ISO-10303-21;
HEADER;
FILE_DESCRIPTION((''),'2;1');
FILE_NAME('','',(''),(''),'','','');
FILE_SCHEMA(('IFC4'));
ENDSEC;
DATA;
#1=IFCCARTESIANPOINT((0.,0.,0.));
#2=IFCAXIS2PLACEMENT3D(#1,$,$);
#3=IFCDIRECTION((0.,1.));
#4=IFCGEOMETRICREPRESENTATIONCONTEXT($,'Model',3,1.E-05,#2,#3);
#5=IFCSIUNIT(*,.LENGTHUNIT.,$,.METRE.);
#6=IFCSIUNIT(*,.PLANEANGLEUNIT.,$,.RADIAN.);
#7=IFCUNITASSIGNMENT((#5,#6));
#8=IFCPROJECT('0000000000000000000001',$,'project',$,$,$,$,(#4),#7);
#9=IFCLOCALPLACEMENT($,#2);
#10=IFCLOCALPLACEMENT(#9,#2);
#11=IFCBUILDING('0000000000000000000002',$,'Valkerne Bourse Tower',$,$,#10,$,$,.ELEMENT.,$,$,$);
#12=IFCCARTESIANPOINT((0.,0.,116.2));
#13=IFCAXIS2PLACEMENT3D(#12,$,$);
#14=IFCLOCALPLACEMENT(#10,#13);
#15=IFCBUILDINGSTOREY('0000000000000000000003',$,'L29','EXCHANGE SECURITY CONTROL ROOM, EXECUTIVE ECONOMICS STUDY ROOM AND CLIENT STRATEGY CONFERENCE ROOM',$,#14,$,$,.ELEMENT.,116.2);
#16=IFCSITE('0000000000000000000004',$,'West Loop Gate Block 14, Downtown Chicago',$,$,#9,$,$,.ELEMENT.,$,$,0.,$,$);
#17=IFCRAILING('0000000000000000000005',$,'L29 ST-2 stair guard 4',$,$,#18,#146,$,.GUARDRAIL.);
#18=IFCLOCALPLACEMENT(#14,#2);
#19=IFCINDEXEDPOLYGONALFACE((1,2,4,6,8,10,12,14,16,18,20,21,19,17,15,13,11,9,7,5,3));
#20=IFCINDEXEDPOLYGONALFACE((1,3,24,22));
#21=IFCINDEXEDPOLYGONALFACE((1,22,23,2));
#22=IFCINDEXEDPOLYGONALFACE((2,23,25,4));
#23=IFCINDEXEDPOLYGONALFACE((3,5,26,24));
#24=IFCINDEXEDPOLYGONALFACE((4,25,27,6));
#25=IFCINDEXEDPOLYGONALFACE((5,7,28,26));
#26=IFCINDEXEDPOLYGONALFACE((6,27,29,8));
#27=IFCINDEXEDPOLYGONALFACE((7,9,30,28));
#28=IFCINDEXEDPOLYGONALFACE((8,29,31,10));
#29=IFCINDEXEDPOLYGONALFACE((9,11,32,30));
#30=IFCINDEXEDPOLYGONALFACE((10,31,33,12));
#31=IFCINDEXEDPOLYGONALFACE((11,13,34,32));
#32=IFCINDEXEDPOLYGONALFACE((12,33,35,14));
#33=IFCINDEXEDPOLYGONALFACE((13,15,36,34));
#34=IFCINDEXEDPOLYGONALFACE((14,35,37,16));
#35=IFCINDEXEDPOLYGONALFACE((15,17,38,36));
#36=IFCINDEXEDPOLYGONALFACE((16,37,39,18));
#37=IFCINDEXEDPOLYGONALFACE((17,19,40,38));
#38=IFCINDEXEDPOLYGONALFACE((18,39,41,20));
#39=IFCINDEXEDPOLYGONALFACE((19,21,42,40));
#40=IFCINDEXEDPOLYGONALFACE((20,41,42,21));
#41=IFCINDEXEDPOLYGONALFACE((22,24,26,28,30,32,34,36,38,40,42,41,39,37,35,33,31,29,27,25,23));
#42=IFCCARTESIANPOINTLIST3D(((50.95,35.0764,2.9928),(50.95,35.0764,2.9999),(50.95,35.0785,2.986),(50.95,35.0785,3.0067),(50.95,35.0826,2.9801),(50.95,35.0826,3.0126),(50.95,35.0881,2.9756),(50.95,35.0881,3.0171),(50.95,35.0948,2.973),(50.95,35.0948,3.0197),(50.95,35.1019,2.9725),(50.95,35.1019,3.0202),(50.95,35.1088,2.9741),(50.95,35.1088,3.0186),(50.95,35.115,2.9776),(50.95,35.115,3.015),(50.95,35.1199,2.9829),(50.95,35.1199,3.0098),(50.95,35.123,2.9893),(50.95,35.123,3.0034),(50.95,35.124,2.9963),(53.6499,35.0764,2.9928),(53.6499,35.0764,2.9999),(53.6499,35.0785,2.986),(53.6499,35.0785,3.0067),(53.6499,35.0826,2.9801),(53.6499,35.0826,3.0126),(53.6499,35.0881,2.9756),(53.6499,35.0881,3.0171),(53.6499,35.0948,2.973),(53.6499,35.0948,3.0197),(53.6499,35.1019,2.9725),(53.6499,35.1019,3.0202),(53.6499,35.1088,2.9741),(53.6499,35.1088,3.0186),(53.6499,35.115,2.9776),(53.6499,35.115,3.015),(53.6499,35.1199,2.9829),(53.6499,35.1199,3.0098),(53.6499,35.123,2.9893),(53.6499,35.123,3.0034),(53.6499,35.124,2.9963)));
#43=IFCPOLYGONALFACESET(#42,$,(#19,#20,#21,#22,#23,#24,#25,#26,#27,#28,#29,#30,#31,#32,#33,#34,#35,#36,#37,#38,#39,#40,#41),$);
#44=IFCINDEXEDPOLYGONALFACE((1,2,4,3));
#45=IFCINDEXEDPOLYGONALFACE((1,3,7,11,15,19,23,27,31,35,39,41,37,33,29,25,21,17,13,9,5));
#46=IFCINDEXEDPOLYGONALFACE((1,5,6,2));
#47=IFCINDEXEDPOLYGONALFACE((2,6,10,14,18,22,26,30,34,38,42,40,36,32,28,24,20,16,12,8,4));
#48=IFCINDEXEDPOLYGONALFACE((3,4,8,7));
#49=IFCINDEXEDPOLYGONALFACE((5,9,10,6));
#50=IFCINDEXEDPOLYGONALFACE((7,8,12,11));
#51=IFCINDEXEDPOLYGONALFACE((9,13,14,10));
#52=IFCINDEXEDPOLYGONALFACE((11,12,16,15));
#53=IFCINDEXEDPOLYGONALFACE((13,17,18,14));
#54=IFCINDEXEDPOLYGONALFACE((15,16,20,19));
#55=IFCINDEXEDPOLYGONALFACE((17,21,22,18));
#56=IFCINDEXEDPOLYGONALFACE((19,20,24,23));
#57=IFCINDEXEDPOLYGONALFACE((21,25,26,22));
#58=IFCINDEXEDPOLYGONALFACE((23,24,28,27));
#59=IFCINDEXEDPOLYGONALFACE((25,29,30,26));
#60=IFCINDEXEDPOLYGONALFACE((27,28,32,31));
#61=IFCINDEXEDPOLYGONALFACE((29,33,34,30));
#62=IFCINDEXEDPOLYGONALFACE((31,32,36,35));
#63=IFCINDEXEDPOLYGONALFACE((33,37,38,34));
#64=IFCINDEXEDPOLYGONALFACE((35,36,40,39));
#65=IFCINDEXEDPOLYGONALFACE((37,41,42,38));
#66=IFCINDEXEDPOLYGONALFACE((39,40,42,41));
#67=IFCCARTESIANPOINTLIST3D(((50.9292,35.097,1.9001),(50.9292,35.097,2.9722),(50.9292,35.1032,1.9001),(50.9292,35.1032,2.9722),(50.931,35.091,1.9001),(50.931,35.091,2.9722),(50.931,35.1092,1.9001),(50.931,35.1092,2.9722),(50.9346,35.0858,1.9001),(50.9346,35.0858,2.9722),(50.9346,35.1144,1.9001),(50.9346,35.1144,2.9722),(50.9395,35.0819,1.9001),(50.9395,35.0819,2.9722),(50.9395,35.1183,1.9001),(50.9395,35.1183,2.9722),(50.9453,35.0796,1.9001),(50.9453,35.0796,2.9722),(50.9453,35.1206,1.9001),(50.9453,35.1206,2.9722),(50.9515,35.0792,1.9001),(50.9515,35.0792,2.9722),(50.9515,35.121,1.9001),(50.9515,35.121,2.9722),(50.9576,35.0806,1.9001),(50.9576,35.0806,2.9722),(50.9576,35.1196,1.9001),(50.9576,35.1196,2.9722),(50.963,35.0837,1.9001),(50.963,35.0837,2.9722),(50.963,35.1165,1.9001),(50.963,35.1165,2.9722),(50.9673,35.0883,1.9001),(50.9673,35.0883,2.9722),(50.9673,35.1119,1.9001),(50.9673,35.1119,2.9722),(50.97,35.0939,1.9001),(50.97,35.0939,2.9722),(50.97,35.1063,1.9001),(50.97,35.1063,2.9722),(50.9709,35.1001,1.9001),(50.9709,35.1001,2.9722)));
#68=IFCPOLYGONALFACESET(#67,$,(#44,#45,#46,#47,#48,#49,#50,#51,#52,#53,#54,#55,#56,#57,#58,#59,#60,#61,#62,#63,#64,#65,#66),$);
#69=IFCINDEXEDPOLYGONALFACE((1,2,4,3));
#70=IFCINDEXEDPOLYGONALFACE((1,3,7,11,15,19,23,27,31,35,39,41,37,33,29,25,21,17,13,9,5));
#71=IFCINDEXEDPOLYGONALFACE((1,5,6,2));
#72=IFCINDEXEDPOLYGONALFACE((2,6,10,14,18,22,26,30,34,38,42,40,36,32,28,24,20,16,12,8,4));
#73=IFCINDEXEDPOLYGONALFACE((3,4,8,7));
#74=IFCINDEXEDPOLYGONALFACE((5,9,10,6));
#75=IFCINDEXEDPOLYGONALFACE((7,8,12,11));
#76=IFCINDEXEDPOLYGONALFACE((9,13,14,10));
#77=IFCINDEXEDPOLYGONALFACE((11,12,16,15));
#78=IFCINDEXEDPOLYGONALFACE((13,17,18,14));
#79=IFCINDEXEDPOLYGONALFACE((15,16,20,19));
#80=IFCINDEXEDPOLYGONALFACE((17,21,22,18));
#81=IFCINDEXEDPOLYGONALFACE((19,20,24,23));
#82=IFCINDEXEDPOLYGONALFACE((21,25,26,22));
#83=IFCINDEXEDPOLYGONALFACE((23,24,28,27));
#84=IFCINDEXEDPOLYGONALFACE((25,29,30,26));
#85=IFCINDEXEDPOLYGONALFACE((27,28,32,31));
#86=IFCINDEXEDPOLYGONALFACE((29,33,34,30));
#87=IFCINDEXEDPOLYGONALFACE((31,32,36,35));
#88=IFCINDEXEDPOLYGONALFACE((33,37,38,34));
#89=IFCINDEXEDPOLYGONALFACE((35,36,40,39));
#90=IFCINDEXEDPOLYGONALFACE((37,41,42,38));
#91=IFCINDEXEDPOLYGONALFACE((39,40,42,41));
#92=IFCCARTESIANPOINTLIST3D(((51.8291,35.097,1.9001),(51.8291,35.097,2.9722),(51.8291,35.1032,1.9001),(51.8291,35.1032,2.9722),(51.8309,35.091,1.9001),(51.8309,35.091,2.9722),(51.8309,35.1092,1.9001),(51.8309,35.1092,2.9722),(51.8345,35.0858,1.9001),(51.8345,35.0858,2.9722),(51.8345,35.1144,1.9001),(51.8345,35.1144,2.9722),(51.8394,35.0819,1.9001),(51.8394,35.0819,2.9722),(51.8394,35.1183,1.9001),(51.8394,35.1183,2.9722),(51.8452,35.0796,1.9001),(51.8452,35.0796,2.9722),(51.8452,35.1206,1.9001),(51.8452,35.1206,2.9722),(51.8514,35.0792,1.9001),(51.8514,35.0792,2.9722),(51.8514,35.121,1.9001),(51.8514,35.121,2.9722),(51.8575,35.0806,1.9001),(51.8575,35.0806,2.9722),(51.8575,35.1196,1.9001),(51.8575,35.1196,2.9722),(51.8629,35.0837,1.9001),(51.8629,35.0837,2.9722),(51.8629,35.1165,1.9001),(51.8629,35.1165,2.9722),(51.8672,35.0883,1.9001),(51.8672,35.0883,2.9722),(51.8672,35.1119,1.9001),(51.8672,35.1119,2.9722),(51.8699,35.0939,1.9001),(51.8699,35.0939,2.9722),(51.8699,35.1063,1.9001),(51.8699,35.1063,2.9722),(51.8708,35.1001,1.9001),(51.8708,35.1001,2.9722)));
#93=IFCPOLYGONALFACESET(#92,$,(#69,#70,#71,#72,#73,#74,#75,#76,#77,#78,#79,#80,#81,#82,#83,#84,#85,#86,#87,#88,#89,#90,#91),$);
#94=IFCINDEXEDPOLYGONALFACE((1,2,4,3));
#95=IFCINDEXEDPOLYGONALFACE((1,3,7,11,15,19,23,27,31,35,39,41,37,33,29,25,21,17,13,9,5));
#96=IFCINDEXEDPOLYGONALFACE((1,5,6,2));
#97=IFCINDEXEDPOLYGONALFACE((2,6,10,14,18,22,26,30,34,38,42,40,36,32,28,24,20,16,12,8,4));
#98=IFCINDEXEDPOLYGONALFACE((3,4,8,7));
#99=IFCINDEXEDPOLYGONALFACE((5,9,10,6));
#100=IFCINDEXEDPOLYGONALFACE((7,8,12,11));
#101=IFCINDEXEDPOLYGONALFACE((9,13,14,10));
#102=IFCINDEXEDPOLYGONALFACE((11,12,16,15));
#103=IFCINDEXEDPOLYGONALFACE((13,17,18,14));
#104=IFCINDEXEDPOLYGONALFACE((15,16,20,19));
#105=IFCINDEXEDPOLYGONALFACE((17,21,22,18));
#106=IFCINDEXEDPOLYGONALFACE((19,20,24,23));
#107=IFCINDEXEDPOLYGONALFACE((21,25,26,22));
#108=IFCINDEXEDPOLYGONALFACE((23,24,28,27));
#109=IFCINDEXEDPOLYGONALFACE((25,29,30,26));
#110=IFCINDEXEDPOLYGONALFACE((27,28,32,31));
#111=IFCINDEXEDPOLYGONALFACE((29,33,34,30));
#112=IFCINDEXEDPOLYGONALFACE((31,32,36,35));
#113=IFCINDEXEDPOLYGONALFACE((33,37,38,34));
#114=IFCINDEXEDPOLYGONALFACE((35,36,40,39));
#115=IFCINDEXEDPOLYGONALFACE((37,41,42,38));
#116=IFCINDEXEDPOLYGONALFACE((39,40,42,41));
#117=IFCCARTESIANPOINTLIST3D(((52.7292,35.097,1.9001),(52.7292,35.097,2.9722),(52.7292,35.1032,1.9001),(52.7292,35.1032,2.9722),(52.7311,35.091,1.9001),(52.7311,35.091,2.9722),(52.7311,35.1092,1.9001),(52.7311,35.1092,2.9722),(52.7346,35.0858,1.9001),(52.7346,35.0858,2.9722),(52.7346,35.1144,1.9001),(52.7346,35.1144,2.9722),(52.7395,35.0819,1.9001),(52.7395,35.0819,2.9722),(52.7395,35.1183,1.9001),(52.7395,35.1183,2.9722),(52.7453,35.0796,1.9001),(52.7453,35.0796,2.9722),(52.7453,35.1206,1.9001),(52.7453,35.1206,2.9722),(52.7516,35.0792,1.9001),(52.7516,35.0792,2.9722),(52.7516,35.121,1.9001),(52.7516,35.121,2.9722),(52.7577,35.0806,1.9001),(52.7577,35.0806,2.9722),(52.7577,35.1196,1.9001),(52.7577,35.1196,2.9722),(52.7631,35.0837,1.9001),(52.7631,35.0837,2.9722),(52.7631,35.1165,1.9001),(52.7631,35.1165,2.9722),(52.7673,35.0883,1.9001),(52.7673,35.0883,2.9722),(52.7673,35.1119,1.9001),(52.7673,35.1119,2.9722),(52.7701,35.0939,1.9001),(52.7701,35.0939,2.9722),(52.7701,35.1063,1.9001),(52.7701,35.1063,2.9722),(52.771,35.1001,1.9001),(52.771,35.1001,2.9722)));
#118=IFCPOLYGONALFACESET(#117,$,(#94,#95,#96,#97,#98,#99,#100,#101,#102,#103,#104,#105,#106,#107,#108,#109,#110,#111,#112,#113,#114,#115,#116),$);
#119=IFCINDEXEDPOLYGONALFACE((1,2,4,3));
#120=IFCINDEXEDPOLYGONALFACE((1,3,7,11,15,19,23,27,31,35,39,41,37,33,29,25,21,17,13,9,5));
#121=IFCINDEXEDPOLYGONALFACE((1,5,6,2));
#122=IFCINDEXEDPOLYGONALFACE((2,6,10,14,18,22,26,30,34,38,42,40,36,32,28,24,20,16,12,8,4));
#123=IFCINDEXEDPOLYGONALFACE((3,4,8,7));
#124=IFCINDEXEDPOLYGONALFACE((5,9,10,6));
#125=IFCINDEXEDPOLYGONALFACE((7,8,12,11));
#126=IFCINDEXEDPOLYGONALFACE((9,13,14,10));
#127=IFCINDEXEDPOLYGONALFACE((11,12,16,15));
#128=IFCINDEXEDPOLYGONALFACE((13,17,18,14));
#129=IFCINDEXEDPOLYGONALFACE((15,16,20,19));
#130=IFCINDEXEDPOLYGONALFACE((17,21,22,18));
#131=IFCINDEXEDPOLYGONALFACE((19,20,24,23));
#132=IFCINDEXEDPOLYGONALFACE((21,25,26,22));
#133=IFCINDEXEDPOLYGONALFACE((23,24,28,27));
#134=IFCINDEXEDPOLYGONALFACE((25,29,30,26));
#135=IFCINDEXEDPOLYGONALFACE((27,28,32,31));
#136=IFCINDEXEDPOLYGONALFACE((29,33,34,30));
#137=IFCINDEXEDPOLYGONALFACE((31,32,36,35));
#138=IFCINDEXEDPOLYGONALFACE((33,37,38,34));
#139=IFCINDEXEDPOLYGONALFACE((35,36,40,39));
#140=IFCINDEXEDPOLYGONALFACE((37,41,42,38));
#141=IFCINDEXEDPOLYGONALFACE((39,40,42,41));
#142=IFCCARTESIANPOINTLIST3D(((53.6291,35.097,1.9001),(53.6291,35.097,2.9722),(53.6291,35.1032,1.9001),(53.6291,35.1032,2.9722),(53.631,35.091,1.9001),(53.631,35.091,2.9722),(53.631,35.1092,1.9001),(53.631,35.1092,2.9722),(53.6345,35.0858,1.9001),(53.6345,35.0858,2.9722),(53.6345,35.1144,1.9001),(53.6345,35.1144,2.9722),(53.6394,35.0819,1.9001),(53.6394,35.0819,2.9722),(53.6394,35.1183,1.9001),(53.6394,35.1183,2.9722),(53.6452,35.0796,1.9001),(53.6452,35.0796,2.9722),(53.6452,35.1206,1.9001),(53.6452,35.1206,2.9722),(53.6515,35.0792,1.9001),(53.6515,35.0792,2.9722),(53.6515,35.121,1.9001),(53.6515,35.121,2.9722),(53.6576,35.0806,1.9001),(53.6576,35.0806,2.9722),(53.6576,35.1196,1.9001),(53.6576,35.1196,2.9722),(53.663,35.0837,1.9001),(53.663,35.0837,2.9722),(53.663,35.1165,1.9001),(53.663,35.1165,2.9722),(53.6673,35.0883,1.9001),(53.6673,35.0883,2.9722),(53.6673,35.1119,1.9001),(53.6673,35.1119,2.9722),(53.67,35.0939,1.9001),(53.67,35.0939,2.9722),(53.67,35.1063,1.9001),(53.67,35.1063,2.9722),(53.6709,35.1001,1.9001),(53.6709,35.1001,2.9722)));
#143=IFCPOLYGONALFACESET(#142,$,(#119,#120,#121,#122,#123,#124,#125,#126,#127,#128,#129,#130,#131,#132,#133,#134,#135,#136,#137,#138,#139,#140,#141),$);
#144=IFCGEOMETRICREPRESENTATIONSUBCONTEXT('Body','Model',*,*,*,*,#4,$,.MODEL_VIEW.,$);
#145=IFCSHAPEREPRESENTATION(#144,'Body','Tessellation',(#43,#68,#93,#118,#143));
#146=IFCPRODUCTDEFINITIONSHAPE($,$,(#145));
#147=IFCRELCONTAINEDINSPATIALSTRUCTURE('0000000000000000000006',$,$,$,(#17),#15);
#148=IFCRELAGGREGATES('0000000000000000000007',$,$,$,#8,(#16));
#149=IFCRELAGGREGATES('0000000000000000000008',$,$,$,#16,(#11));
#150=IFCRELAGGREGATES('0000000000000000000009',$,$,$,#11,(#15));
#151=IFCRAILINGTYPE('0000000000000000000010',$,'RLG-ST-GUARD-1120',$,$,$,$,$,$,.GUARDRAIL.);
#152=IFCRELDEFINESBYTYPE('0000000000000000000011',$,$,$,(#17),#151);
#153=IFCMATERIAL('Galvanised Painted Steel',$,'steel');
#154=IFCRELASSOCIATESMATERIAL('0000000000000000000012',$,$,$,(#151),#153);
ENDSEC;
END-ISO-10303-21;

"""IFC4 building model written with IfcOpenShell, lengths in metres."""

from ifc_helpers import new_model, si_unit, direction, frame, origin, origin_2d, place, context, subcontext, project, spatial, circle, extrude, material, type_object, element, save


model = new_model("IFC4")

# Units and contexts
model_context = context("Model", 3, precision=1e-05, world=origin(), true_north=direction((0.0, 1.0)))
body_context = subcontext(model_context, "Body", "Model", "MODEL_VIEW")
ifc_project = project(units=[si_unit("LENGTHUNIT", "METRE"), si_unit("PLANEANGLEUNIT", "RADIAN")], contexts=[model_context])

# Site, building, storey
site_placement = place(None, origin())
site = spatial("IfcSite", under=ifc_project, at=site_placement, Name="West Loop Gate Block 14, Downtown Chicago", CompositionType="ELEMENT", RefElevation=0.0)
building_placement = place(site_placement, origin())
building = spatial("IfcBuilding", under=site, at=building_placement, Name="Valkerne Bourse Tower", CompositionType="ELEMENT")
storey_placement = place(building_placement, frame((0.0, 0.0, 116.2)))
storey = spatial("IfcBuildingStorey", under=building, at=storey_placement, Name="L29", Description="EXCHANGE SECURITY CONTROL ROOM, EXECUTIVE ECONOMICS STUDY ROOM AND CLIENT STRATEGY CONFERENCE ROOM", CompositionType="ELEMENT", Elevation=116.2)

# Railing
ifc_material_1 = material(Name="Galvanised Painted Steel", Category="steel")
railing_type_1 = type_object("IfcRailingType", Name="RLG-ST-GUARD-1120", PredefinedType="GUARDRAIL", material=ifc_material_1)
for number, where, name in (
    (1, (50.95, 35.1001, 1.9001), "L29 ST-2 stair guard 4"),
):
    element("IfcRailing", number, at=place(storey_placement, frame(where)), inside=storey, type_object=railing_type_1, Name=name, PredefinedType="GUARDRAIL", context=body_context, shape_type="SweptSolid", body=[
        extrude(circle(Radius=0.0239, at=origin_2d()), frame((0.0, 0.0, 1.0962), z_axis=(1.0, 0.0, 0.0), x_axis=(0.0, 1.0, 0.0)), (0.0, 0.0, 1.0), 2.7),
        extrude(circle(Radius=0.021, at=origin_2d()), origin(), (0.0, 0.0, 1.0), 1.072),
        extrude(circle(Radius=0.021, at=origin_2d()), frame((0.8999, 0.0, 0.0)), (0.0, 0.0, 1.0), 1.072),
        extrude(circle(Radius=0.021, at=origin_2d()), frame((1.8, 0.0, 0.0)), (0.0, 0.0, 1.0), 1.072),
        extrude(circle(Radius=0.021, at=origin_2d()), frame((2.7, 0.0, 0.0)), (0.0, 0.0, 1.0), 1.072),
    ])

save(model, "model.ifc")
